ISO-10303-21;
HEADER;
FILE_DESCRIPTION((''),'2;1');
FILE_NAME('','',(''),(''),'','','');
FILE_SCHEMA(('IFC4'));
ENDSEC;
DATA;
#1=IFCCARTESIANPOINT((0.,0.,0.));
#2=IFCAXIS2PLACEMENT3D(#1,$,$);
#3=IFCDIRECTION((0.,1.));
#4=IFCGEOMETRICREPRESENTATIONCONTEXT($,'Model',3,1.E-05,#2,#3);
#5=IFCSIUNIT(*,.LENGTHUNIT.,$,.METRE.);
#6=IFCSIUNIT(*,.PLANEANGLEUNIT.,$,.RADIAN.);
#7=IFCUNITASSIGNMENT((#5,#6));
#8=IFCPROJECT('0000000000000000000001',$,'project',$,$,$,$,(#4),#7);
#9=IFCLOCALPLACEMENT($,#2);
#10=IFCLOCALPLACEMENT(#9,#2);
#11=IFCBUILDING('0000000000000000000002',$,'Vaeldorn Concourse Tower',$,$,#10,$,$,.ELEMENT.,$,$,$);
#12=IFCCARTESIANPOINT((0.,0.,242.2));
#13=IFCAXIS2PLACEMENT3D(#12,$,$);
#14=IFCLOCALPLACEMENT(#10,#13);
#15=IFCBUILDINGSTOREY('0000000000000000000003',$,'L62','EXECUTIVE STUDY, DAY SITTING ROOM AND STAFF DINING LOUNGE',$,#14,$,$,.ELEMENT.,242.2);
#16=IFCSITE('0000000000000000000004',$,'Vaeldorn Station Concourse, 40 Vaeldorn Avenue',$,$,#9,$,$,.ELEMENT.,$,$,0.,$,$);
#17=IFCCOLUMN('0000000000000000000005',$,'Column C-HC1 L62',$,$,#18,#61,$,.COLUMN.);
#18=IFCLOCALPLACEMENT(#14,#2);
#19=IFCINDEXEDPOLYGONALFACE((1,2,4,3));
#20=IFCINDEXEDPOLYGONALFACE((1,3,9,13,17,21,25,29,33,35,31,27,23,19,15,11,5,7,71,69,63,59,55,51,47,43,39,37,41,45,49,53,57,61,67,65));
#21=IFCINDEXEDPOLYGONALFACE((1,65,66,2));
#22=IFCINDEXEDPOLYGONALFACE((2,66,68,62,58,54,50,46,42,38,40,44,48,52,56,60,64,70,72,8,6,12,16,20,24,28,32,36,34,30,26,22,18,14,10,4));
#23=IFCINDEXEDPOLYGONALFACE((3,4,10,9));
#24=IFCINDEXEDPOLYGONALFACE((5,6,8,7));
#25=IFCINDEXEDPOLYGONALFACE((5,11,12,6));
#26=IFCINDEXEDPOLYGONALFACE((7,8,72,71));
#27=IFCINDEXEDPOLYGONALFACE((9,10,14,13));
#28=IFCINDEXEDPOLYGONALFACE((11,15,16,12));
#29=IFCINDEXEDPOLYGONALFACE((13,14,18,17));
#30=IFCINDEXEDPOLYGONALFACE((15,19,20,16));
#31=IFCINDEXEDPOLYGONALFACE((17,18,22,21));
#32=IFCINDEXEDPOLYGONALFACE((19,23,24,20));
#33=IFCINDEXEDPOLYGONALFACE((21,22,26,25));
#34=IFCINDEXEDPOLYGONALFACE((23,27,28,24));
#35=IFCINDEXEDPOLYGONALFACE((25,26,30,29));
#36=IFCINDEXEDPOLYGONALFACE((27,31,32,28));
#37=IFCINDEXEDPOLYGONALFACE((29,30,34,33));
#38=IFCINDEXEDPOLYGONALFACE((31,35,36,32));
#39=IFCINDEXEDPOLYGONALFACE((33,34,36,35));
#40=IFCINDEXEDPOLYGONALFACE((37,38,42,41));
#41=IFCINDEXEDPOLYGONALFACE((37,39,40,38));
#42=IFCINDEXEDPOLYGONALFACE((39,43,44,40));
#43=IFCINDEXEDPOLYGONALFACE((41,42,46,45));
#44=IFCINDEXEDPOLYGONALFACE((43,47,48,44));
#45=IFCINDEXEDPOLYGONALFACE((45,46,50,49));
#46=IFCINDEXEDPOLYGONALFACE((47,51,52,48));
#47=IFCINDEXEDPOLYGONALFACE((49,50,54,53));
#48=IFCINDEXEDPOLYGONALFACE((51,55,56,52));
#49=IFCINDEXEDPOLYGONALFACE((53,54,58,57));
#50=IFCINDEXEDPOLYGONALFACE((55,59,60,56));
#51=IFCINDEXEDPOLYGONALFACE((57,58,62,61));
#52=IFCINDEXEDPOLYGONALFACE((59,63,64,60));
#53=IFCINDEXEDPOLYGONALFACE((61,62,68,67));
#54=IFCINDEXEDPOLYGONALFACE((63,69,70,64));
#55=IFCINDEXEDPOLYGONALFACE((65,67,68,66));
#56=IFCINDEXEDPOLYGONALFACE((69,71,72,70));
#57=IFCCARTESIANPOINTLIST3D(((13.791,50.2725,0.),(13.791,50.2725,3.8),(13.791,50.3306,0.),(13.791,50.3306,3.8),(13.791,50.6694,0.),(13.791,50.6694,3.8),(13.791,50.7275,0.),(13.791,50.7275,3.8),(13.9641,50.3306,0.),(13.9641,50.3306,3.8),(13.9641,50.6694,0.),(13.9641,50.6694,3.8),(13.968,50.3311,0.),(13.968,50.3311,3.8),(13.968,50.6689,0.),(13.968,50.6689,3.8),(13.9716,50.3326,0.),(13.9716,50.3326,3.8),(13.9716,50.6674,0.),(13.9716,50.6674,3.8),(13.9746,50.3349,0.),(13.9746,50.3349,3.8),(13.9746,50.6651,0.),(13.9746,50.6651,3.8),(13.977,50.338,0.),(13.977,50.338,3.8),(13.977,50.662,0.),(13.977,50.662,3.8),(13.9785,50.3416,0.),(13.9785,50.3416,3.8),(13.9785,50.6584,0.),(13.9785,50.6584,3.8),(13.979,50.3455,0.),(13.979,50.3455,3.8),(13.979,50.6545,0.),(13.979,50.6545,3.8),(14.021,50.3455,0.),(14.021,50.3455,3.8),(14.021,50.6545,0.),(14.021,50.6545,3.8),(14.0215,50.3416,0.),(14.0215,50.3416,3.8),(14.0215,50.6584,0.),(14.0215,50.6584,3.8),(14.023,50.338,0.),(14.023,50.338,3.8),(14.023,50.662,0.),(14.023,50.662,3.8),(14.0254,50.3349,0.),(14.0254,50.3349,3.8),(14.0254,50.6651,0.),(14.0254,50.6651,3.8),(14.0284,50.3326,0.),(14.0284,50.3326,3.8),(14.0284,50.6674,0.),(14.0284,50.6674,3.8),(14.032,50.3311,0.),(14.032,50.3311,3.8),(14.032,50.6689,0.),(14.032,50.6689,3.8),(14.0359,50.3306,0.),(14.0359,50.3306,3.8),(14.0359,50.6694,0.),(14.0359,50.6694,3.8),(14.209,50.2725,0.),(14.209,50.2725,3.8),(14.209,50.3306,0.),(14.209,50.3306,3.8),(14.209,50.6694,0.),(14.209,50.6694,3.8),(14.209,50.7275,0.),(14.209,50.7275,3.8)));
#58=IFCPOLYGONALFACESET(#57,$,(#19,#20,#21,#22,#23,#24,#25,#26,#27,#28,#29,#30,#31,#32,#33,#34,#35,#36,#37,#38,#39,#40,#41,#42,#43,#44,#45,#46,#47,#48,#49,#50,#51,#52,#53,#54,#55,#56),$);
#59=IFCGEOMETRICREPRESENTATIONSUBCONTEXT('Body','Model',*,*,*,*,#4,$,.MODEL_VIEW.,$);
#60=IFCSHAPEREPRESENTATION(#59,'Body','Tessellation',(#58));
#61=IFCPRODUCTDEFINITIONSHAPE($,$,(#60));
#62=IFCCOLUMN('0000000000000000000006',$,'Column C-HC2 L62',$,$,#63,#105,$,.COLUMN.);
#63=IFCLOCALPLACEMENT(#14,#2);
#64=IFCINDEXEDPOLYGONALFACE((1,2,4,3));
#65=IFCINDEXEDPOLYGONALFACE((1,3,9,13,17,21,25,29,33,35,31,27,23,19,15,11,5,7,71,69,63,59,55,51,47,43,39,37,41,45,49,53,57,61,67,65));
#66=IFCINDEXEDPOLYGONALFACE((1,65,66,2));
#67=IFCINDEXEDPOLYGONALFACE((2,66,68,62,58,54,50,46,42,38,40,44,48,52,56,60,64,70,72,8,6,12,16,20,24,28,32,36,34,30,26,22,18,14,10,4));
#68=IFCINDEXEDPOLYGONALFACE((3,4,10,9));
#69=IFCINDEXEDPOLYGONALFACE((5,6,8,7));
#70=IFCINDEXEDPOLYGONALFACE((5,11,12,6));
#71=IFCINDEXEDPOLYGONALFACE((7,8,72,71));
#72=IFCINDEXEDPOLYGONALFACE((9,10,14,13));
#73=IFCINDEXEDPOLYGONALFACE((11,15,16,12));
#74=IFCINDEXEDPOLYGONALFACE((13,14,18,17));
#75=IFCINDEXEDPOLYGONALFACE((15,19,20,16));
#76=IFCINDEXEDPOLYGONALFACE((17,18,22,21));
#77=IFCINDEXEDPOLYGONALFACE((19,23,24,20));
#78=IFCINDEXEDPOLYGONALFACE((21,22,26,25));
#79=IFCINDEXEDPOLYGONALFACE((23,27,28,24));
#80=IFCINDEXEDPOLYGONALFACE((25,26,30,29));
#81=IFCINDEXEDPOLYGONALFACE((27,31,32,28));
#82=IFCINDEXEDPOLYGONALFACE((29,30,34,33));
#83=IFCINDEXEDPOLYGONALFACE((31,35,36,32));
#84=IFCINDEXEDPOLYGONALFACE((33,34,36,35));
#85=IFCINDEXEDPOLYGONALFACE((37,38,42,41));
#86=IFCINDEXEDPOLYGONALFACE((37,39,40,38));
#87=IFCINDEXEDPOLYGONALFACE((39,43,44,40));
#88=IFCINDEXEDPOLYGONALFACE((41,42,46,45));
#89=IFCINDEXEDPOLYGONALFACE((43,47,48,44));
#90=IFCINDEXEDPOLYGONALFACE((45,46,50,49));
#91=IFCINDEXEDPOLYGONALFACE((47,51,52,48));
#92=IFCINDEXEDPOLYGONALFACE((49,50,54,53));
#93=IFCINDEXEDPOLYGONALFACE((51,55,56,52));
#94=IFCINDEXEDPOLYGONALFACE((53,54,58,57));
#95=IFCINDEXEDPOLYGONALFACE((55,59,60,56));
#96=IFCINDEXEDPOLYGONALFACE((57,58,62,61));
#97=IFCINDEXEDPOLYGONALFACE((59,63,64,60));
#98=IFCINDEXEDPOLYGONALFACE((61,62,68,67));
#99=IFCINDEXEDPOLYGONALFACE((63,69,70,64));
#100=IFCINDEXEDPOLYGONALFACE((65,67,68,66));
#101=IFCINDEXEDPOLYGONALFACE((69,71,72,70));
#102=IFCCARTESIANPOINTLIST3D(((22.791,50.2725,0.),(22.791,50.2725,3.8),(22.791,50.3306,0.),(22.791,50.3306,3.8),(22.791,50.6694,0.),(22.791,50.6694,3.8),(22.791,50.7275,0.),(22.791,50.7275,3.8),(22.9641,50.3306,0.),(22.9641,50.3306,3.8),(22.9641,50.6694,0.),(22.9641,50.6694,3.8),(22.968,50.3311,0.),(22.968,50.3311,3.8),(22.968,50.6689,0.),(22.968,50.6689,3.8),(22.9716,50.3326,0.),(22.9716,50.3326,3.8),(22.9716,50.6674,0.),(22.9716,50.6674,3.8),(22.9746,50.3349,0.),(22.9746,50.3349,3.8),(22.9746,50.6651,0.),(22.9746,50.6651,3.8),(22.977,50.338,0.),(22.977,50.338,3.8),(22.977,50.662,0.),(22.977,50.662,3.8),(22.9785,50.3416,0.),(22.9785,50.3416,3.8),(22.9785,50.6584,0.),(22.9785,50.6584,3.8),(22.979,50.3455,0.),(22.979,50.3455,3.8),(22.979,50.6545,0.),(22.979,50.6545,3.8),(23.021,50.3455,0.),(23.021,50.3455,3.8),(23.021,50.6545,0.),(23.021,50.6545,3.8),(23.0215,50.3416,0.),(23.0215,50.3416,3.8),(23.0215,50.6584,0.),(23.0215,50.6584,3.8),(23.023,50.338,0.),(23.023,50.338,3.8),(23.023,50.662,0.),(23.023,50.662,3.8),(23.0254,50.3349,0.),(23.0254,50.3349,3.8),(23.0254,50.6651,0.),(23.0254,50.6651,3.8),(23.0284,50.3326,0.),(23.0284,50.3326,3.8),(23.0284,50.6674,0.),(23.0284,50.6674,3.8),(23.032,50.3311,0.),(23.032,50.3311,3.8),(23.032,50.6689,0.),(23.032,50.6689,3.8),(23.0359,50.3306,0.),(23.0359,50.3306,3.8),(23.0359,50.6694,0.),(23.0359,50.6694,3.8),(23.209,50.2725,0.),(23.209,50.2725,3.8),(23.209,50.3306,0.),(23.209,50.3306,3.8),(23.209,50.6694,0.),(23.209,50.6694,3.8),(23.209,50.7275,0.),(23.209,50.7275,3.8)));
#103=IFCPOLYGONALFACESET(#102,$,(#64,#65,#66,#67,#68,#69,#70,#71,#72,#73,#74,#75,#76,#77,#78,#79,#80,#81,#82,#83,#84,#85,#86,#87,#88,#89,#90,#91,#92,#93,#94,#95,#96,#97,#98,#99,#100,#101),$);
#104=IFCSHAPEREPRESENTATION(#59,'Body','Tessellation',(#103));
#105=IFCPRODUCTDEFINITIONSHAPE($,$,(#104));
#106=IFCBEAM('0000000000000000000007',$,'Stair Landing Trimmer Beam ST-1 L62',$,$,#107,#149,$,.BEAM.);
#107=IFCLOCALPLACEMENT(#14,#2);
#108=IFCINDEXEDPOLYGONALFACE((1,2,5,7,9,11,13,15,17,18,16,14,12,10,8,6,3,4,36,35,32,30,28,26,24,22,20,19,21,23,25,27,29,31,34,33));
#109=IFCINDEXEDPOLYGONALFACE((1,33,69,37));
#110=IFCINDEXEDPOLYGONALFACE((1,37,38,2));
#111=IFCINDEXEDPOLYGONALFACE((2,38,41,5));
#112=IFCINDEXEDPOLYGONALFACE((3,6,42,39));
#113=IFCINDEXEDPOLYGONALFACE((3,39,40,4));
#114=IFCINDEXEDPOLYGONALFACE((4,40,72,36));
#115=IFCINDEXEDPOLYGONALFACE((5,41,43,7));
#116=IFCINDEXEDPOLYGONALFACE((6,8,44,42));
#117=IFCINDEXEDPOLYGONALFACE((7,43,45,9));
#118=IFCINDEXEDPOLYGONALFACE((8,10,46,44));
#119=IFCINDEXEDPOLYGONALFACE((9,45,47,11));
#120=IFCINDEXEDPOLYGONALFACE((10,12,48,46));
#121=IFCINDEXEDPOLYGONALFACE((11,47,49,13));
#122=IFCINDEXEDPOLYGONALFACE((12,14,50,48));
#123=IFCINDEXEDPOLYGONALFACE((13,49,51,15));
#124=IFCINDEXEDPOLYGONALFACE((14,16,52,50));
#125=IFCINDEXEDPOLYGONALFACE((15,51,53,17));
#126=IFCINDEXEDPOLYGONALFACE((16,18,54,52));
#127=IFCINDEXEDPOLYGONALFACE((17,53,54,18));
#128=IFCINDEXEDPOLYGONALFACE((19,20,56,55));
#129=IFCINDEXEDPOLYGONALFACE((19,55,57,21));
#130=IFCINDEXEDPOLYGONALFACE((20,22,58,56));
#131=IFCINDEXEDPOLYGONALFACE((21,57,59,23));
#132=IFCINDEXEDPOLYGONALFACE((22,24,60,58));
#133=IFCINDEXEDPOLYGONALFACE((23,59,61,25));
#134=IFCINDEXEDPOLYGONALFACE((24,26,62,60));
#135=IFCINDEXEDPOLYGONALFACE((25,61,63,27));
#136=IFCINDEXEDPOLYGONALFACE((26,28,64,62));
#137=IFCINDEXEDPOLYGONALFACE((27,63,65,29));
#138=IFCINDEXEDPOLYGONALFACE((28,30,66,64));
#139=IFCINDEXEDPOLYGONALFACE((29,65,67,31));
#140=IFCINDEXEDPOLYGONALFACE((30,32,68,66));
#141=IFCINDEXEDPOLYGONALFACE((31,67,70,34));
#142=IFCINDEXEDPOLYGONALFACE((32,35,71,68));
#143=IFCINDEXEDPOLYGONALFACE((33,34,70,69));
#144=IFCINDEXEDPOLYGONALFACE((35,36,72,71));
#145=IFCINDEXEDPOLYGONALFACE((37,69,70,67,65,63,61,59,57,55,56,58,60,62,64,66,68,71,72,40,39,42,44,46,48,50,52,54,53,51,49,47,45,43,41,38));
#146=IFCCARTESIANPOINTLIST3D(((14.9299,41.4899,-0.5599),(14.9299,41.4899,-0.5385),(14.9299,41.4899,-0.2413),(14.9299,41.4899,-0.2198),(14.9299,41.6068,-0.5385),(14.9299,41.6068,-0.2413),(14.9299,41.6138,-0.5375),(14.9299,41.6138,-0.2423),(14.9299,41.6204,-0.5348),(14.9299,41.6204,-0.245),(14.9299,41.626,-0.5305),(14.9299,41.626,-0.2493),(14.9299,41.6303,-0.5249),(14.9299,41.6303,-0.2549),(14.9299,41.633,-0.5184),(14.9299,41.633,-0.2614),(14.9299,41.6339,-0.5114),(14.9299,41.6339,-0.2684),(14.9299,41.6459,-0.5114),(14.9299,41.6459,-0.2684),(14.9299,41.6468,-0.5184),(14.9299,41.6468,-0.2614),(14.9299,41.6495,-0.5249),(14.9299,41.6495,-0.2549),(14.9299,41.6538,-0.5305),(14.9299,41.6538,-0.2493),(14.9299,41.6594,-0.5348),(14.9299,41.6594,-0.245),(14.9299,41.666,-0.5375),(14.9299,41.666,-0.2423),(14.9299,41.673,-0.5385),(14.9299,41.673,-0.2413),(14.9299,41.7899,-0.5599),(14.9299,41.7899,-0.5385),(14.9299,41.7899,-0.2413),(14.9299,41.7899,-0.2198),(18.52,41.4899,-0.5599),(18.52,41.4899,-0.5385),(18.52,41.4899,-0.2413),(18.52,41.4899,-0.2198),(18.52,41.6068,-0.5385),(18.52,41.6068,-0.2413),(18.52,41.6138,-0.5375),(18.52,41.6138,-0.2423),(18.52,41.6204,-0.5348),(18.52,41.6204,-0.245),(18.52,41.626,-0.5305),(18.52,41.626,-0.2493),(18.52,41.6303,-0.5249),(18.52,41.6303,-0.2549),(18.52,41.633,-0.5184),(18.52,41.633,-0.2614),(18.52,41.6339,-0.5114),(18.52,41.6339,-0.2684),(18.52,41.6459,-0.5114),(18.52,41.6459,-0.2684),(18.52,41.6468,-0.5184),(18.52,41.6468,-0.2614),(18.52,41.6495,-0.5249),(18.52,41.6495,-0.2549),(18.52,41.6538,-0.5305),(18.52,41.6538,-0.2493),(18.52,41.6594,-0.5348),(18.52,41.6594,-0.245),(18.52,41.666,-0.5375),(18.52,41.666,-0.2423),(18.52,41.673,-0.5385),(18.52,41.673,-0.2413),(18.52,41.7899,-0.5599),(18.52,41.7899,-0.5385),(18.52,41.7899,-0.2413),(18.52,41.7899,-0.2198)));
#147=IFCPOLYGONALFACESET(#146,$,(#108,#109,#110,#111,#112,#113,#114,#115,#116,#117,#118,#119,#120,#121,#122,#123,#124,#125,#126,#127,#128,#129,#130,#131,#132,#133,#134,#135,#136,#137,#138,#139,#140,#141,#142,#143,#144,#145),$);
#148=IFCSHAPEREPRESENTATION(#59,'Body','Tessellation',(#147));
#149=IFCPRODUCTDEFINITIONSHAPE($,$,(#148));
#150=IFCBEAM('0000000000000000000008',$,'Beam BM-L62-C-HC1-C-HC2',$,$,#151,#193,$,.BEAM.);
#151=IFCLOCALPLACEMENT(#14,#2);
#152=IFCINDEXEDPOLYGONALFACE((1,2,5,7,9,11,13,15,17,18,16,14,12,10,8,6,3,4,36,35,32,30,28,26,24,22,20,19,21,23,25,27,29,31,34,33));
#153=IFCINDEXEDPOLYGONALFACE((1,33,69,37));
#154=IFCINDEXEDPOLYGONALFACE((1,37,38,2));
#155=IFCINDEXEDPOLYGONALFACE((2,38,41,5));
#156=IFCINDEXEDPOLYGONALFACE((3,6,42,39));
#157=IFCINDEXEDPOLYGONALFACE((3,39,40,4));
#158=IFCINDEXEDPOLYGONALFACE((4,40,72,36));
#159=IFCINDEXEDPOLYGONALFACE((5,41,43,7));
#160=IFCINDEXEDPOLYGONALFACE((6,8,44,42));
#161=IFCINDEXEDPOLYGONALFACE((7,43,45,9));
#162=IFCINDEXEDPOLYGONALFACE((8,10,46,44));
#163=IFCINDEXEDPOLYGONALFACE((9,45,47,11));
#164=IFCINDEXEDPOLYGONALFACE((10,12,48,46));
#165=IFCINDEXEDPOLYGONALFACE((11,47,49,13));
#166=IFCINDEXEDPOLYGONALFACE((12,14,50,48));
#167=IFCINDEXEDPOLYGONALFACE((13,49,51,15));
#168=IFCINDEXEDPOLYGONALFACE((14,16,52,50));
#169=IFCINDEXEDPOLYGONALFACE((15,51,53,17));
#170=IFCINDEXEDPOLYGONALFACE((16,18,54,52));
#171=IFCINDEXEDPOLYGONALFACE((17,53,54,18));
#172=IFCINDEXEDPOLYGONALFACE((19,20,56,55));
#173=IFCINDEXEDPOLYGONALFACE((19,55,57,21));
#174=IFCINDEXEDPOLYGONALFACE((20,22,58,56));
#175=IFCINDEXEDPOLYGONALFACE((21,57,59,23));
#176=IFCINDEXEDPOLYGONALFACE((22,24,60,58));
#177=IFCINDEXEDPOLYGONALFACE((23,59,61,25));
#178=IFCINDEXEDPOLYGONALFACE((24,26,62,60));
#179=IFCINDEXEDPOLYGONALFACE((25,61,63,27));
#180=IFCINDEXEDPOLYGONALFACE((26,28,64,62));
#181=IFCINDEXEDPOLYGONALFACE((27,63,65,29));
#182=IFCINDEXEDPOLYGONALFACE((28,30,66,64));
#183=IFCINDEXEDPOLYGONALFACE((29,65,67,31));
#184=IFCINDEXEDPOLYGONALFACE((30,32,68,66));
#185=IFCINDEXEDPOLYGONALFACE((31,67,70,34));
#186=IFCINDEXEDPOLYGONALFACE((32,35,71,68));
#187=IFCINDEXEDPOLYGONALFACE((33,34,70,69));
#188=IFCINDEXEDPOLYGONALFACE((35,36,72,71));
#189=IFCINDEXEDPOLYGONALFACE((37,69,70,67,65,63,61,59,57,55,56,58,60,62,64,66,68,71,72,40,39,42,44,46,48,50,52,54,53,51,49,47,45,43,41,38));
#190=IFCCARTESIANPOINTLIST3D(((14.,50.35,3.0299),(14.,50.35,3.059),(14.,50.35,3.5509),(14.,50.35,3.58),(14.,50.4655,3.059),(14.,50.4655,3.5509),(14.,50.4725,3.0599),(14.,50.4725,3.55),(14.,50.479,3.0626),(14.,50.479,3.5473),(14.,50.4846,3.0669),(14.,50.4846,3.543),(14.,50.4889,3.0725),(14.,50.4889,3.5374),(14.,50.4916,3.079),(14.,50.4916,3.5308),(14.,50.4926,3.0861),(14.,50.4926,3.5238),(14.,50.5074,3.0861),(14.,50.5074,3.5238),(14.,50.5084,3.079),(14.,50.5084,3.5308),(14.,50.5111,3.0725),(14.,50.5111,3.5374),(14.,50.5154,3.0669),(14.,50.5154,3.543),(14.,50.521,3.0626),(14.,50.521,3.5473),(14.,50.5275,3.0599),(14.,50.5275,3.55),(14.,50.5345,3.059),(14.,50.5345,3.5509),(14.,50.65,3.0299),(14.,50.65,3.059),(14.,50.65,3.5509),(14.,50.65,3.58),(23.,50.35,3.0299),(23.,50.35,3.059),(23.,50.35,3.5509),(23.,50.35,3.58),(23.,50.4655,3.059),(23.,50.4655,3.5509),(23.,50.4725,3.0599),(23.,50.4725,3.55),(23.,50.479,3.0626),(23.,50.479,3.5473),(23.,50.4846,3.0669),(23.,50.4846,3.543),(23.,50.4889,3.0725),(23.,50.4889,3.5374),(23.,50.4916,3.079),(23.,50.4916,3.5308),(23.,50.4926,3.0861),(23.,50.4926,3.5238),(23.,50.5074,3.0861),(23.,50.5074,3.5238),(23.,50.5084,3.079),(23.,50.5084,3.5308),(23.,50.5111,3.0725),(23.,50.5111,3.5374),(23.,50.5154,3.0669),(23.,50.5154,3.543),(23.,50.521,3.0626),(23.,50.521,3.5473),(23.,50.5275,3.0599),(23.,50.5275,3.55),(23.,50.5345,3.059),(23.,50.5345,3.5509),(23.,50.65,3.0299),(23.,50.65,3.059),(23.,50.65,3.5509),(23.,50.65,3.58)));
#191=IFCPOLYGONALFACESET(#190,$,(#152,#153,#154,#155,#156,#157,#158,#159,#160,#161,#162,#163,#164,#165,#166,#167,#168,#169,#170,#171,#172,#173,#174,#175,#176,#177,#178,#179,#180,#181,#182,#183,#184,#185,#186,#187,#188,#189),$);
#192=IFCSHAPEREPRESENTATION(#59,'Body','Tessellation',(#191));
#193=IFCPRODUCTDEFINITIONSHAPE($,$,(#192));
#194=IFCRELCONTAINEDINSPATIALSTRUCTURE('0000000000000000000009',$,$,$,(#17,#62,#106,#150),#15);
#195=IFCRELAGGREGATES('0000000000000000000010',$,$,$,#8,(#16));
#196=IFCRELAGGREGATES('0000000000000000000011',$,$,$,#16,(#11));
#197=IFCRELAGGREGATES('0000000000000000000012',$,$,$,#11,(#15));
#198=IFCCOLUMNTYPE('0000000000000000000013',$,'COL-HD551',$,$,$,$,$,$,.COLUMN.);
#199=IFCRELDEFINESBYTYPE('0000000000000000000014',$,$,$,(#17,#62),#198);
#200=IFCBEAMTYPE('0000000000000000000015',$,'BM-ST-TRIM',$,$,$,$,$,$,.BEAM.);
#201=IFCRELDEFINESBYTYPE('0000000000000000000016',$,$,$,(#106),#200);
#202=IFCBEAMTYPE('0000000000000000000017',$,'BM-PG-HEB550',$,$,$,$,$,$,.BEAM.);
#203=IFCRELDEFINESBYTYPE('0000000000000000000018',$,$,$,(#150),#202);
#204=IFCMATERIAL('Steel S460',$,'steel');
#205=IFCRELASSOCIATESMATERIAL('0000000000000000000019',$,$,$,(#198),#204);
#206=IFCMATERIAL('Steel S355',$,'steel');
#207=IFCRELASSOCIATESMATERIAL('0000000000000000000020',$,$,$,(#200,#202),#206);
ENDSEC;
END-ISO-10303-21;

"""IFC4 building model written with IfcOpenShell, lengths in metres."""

from ifc_helpers import new_model, si_unit, direction, frame, origin, origin_2d, place, context, subcontext, project, spatial, i_section, extrude, source, transform, mapped, material, material_profile, profile_set, type_object, element, save


model = new_model("IFC4")

# Units and contexts
model_context = context("Model", 3, precision=1e-05, world=origin(), true_north=direction((0.0, 1.0)))
body_context = subcontext(model_context, "Body", "Model", "MODEL_VIEW")
ifc_project = project(units=[si_unit("LENGTHUNIT", "METRE"), si_unit("PLANEANGLEUNIT", "RADIAN")], contexts=[model_context])

# Site, building, storey
site_placement = place(None, origin())
site = spatial("IfcSite", under=ifc_project, at=site_placement, Name="Vaeldorn Station Concourse, 40 Vaeldorn Avenue", CompositionType="ELEMENT", RefElevation=0.0)
building_placement = place(site_placement, origin())
building = spatial("IfcBuilding", under=site, at=building_placement, Name="Vaeldorn Concourse Tower", CompositionType="ELEMENT")
storey_placement = place(building_placement, frame((0.0, 0.0, 242.2)))
storey = spatial("IfcBuildingStorey", under=building, at=storey_placement, Name="L62", Description="EXECUTIVE STUDY, DAY SITTING ROOM AND STAFF DINING LOUNGE", CompositionType="ELEMENT", Elevation=242.2)

# Columns
ifc_material_1 = material(Name="Steel S460", Category="steel")
ifc_material_profile_1 = material_profile(ifc_material_1, i_section(OverallWidth=0.418, OverallDepth=0.4551, WebThickness=0.042, FlangeThickness=0.0581, FilletRadius=0.0149, at=origin_2d()), Name="HD 400x551")
ifc_profile_set_1 = profile_set([ifc_material_profile_1], Name="Steel S460")
column_type = type_object("IfcColumnType", Name="COL-HD551", PredefinedType="COLUMN", material=ifc_profile_set_1)
shared_shape_1 = source(origin(), body_context, "Body", "SweptSolid", [
    extrude(i_section(OverallWidth=0.418, OverallDepth=0.4551, WebThickness=0.042, FlangeThickness=0.0581, FilletRadius=0.0149, at=origin_2d()), origin(), (0.0, 0.0, 1.0), 3.8),
])
for number, where, z_axis, x_axis, name in (
    (1, (14.0, 50.5, 0.0), (0.0, 0.0, 1.0), (1.0, 0.0, 0.0), "Column C-HC1 L62"),
    (2, (23.0, 50.5, 0.0), (0.0, 0.0, 1.0), (1.0, 0.0, 0.0), "Column C-HC2 L62"),
):
    element("IfcColumn", number, at=place(storey_placement, frame(where, z_axis=z_axis, x_axis=x_axis)), inside=storey, type_object=column_type, Name=name, PredefinedType="COLUMN", context=body_context, shape_type="MappedRepresentation", body=[
        mapped(shared_shape_1, transform((0.0, 0.0, 0.0), scale=1.0)),
    ])

# Beams
ifc_material_2 = material(Name="Steel S355", Category="steel")
ifc_material_profile_2 = material_profile(ifc_material_2, i_section(OverallWidth=0.3, OverallDepth=0.3401, WebThickness=0.012, FlangeThickness=0.0215, FilletRadius=0.0271, at=origin_2d()), Name="HEB 340")
ifc_profile_set_2 = profile_set([ifc_material_profile_2], Name="Steel S355")
beam_type_1 = type_object("IfcBeamType", Name="BM-ST-TRIM", PredefinedType="BEAM", material=ifc_profile_set_2)
shared_shape_2 = source(origin(), body_context, "Body", "SweptSolid", [
    extrude(i_section(OverallWidth=0.3, OverallDepth=0.3401, WebThickness=0.012, FlangeThickness=0.0215, FilletRadius=0.0271, at=origin_2d()), origin(), (0.0, 0.0, 1.0), 3.5901),
])
beam_1_placement = place(storey_placement, frame((14.9299, 41.6399, -0.3899), z_axis=(1.0, 0.0, 0.0), x_axis=(0.0, 1.0, 0.0)))
element("IfcBeam", 3, at=beam_1_placement, inside=storey, type_object=beam_type_1, Name="Stair Landing Trimmer Beam ST-1 L62", PredefinedType="BEAM", context=body_context, shape_type="MappedRepresentation", body=[
    mapped(shared_shape_2, transform((0.0, 0.0, 0.0), scale=1.0)),
])
ifc_material_profile_3 = material_profile(ifc_material_2, i_section(OverallWidth=0.3, OverallDepth=0.55, WebThickness=0.0149, FlangeThickness=0.0291, FilletRadius=0.0271, at=origin_2d()), Name="HEB 550")
ifc_profile_set_3 = profile_set([ifc_material_profile_3], Name="Steel S355")
beam_type_2 = type_object("IfcBeamType", Name="BM-PG-HEB550", PredefinedType="BEAM", material=ifc_profile_set_3)
shared_shape_3 = source(origin(), body_context, "Body", "SweptSolid", [
    extrude(i_section(OverallWidth=0.3, OverallDepth=0.55, WebThickness=0.0149, FlangeThickness=0.0291, FilletRadius=0.0271, at=origin_2d()), origin(), (0.0, 0.0, 1.0), 9.0),
])
beam_2_placement = place(storey_placement, frame((14.0, 50.5, 3.3049), z_axis=(1.0, 0.0, 0.0), x_axis=(0.0, 1.0, 0.0)))
element("IfcBeam", 4, at=beam_2_placement, inside=storey, type_object=beam_type_2, Name="Beam BM-L62-C-HC1-C-HC2", PredefinedType="BEAM", context=body_context, shape_type="MappedRepresentation", body=[
    mapped(shared_shape_3, transform((0.0, 0.0, 0.0), scale=1.0)),
])

save(model, "model.ifc")
